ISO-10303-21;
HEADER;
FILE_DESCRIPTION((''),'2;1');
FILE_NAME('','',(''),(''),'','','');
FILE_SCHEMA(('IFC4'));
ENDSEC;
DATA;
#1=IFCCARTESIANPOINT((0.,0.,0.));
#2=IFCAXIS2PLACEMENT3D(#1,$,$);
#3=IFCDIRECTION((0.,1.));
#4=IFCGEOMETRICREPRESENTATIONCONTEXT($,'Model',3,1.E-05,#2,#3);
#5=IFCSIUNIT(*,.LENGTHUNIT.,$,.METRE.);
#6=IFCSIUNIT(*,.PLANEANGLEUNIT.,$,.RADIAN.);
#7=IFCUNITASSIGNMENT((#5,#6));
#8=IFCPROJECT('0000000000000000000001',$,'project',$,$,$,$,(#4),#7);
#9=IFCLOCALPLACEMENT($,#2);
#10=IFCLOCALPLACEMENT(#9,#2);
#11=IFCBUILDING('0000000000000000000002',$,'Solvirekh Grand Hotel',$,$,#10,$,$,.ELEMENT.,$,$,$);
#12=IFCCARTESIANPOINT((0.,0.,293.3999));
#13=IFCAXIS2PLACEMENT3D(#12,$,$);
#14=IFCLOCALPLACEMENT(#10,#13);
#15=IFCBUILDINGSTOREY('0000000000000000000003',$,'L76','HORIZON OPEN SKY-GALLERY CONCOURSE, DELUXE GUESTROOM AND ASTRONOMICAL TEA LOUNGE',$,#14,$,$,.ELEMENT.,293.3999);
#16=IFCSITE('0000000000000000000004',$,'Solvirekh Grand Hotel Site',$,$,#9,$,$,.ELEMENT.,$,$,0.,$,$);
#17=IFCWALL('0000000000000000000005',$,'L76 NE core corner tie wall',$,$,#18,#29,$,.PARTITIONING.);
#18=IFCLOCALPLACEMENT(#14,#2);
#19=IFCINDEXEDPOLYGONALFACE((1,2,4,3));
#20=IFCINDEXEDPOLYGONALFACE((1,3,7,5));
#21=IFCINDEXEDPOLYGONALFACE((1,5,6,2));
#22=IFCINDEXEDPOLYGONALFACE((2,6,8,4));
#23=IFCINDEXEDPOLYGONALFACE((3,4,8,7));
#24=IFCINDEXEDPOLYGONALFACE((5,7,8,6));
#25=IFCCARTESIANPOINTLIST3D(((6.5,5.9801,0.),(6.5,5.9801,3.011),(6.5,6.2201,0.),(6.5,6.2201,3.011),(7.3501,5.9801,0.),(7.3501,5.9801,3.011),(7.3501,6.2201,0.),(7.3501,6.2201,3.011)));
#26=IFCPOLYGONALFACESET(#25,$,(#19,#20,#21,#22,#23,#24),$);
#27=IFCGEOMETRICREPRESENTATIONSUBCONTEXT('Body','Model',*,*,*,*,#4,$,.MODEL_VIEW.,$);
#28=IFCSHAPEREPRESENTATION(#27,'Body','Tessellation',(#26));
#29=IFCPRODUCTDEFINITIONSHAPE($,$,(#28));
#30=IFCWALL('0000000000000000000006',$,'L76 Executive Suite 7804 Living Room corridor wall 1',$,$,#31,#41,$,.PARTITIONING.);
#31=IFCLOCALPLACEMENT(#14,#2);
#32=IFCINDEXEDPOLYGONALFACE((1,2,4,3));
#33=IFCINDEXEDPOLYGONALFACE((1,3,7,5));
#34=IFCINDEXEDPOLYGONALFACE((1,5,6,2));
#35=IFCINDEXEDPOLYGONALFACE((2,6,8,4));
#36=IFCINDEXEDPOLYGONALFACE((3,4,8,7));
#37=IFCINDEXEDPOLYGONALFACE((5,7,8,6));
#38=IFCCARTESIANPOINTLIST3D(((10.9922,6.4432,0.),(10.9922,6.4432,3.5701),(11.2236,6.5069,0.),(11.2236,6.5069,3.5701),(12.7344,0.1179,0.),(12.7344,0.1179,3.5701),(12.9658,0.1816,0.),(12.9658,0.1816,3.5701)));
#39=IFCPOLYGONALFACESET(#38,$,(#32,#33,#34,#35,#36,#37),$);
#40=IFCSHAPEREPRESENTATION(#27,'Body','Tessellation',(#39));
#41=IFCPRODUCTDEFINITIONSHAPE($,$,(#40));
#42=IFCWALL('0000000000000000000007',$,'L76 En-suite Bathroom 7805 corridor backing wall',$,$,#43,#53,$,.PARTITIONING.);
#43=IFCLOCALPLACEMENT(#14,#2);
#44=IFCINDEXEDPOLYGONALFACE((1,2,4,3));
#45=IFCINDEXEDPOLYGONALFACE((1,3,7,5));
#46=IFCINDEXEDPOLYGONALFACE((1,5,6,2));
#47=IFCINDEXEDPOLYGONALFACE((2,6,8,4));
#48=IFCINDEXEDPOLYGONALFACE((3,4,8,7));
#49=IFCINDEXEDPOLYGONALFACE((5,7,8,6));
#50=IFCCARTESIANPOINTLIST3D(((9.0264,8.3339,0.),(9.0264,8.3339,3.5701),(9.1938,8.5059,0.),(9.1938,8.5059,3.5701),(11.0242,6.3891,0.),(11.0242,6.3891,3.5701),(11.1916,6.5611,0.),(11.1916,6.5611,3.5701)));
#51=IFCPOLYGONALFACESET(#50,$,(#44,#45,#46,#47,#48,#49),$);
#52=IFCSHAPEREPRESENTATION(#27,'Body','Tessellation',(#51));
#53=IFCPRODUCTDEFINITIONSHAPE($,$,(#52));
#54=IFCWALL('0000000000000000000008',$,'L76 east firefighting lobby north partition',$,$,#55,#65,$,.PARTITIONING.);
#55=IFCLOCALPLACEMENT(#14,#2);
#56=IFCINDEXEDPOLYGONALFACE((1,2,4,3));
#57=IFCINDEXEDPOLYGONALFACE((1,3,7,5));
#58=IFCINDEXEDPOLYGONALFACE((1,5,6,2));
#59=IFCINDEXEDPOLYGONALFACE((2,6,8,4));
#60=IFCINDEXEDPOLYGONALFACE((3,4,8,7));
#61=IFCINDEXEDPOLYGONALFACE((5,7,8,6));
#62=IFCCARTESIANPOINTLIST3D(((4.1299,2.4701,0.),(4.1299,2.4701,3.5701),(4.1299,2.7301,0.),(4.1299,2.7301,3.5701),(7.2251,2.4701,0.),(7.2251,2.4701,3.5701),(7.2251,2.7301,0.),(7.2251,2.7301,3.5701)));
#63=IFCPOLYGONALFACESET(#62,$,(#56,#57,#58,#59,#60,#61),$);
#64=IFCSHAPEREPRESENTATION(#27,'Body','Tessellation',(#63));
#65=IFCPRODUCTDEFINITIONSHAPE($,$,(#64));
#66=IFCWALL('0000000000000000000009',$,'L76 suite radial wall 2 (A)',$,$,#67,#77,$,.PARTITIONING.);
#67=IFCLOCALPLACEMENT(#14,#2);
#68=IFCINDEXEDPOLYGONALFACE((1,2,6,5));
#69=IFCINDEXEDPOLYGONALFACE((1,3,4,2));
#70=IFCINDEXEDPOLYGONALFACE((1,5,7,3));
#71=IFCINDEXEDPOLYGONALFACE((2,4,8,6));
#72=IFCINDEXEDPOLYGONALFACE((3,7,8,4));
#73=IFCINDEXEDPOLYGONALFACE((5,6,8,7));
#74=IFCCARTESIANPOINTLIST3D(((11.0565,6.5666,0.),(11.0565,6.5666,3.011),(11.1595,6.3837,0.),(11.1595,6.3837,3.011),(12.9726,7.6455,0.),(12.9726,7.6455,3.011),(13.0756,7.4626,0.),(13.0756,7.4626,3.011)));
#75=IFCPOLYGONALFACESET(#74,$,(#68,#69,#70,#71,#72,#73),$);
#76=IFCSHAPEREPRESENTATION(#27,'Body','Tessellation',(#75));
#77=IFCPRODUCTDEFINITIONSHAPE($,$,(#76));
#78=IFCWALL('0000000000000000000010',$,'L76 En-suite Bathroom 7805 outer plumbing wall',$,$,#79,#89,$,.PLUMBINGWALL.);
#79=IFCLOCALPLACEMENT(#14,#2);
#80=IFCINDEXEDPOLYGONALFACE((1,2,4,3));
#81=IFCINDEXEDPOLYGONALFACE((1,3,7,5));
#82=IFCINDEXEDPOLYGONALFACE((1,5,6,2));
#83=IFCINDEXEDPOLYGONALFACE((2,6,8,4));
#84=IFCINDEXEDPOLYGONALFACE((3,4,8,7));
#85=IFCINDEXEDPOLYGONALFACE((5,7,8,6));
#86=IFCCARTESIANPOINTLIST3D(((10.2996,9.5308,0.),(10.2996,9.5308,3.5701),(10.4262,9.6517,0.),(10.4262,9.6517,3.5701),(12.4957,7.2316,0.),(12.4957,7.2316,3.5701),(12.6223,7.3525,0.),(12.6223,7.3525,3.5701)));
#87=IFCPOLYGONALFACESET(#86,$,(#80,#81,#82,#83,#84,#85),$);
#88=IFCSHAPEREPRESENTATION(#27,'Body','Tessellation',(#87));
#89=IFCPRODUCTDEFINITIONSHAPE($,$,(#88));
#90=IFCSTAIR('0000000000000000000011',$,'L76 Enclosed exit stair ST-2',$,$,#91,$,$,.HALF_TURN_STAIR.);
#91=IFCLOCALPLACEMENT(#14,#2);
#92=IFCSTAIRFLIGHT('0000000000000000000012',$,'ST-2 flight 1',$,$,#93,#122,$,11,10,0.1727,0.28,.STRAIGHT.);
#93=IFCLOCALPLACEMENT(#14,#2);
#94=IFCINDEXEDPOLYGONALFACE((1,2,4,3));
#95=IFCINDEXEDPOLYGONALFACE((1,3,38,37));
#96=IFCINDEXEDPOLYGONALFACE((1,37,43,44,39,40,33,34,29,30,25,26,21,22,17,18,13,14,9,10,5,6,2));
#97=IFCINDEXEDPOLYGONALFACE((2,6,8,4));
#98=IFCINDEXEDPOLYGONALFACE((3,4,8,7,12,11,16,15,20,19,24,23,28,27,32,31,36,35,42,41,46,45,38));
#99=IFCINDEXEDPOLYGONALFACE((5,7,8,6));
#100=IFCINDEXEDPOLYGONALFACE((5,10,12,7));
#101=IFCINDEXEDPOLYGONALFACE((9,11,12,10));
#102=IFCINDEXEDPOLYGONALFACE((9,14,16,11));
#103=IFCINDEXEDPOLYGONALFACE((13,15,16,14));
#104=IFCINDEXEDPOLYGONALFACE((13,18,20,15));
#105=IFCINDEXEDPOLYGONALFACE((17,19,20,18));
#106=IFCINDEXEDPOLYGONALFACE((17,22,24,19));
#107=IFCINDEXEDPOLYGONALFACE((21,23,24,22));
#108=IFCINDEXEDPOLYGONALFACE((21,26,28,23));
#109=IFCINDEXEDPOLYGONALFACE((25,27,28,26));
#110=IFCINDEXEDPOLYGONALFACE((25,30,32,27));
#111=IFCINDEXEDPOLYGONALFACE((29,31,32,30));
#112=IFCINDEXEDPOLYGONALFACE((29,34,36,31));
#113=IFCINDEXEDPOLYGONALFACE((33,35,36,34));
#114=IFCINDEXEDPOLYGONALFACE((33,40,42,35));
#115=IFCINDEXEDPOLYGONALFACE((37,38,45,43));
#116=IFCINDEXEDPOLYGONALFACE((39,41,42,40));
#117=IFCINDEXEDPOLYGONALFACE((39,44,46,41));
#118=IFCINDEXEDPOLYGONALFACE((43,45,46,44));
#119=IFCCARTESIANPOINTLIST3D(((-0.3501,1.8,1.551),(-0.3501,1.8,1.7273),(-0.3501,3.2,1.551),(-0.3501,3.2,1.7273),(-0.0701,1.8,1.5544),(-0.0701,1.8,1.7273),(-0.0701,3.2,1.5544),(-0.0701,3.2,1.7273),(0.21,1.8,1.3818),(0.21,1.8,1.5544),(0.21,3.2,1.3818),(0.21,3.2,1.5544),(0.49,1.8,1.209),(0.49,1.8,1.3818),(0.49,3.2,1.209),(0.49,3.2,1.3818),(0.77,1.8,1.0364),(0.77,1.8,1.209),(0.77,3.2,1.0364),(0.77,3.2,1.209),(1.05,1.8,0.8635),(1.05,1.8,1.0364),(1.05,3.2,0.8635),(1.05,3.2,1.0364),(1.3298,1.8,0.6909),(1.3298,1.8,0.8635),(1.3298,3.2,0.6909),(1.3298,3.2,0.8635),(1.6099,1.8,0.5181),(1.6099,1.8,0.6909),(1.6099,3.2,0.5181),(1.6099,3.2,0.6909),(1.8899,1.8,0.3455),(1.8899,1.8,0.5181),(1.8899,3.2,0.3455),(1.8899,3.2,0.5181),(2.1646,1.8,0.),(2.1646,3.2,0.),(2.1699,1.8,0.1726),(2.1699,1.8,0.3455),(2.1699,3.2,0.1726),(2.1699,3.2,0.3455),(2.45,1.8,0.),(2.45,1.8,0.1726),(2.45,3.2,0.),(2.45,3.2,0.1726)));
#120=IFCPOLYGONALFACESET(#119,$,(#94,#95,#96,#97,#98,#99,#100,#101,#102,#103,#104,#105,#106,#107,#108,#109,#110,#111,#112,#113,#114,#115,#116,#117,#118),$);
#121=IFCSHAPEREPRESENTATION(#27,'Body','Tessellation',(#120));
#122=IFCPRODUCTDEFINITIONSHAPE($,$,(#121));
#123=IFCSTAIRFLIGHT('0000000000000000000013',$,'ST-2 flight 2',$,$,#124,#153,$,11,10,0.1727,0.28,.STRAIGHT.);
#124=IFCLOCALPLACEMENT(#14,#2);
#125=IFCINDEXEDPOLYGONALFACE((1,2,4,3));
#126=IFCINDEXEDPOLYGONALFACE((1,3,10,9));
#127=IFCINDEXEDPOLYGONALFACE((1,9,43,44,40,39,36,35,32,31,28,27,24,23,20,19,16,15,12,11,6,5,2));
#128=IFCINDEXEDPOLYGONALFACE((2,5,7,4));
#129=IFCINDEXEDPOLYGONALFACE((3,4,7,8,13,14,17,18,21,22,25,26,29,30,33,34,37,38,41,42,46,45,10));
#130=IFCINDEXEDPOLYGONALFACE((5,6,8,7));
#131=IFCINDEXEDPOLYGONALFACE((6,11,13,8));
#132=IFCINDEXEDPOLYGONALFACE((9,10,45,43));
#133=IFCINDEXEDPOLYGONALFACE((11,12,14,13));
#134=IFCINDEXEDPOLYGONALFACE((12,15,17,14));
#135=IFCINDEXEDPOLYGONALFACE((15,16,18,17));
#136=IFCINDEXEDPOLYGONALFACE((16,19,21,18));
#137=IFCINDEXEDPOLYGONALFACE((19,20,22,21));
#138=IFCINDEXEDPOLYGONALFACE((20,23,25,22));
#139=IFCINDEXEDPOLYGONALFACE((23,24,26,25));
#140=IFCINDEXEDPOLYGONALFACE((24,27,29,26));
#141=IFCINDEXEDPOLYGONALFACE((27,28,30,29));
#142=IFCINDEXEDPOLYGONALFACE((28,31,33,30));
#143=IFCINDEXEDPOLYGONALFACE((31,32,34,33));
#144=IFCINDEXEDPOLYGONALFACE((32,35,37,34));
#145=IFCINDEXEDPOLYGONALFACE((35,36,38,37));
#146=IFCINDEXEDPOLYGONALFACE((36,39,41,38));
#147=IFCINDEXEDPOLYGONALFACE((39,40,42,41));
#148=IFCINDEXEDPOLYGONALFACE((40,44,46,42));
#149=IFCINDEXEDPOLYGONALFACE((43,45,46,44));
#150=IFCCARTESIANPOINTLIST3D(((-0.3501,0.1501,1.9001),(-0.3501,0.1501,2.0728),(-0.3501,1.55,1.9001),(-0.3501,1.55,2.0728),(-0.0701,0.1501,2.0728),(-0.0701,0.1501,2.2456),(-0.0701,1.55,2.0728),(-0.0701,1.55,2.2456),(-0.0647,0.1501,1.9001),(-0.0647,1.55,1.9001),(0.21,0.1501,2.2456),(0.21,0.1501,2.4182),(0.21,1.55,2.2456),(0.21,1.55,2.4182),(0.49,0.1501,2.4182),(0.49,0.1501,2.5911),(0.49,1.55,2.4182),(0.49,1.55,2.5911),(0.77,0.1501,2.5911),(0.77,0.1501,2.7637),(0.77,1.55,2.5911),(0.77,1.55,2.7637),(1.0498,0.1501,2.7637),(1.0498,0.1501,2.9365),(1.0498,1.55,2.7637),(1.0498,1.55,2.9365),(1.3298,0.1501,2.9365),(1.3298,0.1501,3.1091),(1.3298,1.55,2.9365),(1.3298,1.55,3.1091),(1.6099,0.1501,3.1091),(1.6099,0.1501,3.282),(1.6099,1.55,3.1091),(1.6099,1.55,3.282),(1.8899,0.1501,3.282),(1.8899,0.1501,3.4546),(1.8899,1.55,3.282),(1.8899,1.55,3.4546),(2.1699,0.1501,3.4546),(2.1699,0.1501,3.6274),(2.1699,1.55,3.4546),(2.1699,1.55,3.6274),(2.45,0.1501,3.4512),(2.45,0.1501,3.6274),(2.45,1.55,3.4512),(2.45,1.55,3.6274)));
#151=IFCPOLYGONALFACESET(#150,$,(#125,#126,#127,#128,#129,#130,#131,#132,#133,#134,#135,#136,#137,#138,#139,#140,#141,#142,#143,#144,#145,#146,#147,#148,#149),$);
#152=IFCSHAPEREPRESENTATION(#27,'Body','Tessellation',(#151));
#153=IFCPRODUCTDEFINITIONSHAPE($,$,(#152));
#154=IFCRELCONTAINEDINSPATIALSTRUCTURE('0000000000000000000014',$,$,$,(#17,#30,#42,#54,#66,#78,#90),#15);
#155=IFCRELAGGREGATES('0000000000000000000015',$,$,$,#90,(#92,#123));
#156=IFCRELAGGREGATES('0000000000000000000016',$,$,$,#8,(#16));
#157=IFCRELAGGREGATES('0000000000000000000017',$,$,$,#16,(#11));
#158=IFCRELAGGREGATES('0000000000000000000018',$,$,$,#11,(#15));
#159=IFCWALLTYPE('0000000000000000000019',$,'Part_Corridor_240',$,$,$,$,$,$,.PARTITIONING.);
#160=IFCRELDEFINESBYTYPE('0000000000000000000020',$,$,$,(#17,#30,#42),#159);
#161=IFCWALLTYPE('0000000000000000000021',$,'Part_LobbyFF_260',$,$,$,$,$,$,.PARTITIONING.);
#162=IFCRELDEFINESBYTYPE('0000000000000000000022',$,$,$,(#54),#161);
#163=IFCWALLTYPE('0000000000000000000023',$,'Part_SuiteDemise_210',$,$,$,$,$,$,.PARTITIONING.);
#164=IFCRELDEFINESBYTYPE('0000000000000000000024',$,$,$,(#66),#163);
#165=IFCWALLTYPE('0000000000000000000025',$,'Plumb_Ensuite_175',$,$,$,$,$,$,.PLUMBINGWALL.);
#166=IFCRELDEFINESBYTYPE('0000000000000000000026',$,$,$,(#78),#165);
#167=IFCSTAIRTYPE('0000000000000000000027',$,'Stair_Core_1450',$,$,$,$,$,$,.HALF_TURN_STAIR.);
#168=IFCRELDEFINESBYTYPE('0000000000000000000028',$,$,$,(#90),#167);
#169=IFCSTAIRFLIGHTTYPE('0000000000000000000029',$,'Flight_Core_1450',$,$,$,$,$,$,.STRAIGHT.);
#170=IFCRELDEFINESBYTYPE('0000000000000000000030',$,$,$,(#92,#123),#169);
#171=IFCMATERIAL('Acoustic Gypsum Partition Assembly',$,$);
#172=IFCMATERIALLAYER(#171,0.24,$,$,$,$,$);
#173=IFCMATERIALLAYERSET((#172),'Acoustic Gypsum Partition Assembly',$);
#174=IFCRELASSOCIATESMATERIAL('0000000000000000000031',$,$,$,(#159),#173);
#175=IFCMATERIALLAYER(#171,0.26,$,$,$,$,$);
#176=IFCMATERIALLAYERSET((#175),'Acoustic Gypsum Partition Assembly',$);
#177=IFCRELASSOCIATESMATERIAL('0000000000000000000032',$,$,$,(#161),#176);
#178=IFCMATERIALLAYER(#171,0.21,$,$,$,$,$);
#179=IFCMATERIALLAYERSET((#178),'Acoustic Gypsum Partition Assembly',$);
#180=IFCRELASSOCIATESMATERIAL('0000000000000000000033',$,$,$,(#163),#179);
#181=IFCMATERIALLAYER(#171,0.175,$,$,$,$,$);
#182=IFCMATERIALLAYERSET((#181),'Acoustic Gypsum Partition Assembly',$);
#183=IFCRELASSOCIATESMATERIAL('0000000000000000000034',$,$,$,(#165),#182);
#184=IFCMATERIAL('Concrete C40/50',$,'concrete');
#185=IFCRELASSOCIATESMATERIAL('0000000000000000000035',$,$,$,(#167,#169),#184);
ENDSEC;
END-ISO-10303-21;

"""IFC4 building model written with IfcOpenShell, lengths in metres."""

from ifc_helpers import new_model, si_unit, direction, frame, frame_2d, origin, place, context, subcontext, project, spatial, polyline, rectangle, outline, extrude, material, layer, layer_set, type_object, element, aggregate, save


model = new_model("IFC4")

# Units and contexts
model_context = context("Model", 3, precision=1e-05, world=origin(), true_north=direction((0.0, 1.0)))
body_context = subcontext(model_context, "Body", "Model", "MODEL_VIEW")
ifc_project = project(units=[si_unit("LENGTHUNIT", "METRE"), si_unit("PLANEANGLEUNIT", "RADIAN")], contexts=[model_context])

# Site, building, storey
site_placement = place(None, origin())
site = spatial("IfcSite", under=ifc_project, at=site_placement, Name="Solvirekh Grand Hotel Site", CompositionType="ELEMENT", RefElevation=0.0)
building_placement = place(site_placement, origin())
building = spatial("IfcBuilding", under=site, at=building_placement, Name="Solvirekh Grand Hotel", CompositionType="ELEMENT")
storey_placement = place(building_placement, frame((0.0, 0.0, 293.3999)))
storey = spatial("IfcBuildingStorey", under=building, at=storey_placement, Name="L76", Description="HORIZON OPEN SKY-GALLERY CONCOURSE, DELUXE GUESTROOM AND ASTRONOMICAL TEA LOUNGE", CompositionType="ELEMENT", Elevation=293.3999)

# Shared definitions
ifc_material_1 = material(Name="Concrete C40/50", Category="concrete")

# Shared definitions
ifc_material_2 = material(Name="Acoustic Gypsum Partition Assembly")

# Walls
ifc_layer_1 = layer(ifc_material_2, 0.24)
ifc_layer_set_1 = layer_set([ifc_layer_1], Name="Acoustic Gypsum Partition Assembly")
wall_type_1 = type_object("IfcWallType", Name="Part_Corridor_240", PredefinedType="PARTITIONING", material=ifc_layer_set_1)
wall_1_placement = place(storey_placement, frame((6.5, 6.1001, 0.0), z_axis=(0.0, 0.0, 1.0), x_axis=(1.0, 0.0, 0.0)))
element("IfcWall", 1, at=wall_1_placement, inside=storey, type_object=wall_type_1, Name="L76 NE core corner tie wall", PredefinedType="PARTITIONING", context=body_context, shape_type="SweptSolid", body=[
    extrude(rectangle(XDim=0.8501, YDim=0.24, at=frame_2d((0.425, 0.0))), origin(), (0.0, 0.0, 1.0), 3.011),
])
wall_2_placement = place(storey_placement, frame((12.8501, 0.1499, 0.0), z_axis=(0.0, 0.0, 1.0), x_axis=(-0.265547, 0.964098, 0.0)))
element("IfcWall", 2, at=wall_2_placement, inside=storey, type_object=wall_type_1, Name="L76 Executive Suite 7804 Living Room corridor wall 1", PredefinedType="PARTITIONING", context=body_context, shape_type="SweptSolid", body=[
    extrude(rectangle(XDim=6.5608, YDim=0.24, at=frame_2d((3.2803, 0.0))), origin(), (0.0, 0.0, 1.0), 3.5701),
])
wall_3_placement = place(storey_placement, frame((11.1079, 6.4751, 0.0), z_axis=(0.0, 0.0, 1.0), x_axis=(-0.716544, 0.697542, 0.0)))
element("IfcWall", 3, at=wall_3_placement, inside=storey, type_object=wall_type_1, Name="L76 En-suite Bathroom 7805 corridor backing wall", PredefinedType="PARTITIONING", context=body_context, shape_type="SweptSolid", body=[
    extrude(rectangle(XDim=2.7881, YDim=0.24, at=frame_2d((1.394, 0.0))), origin(), (0.0, 0.0, 1.0), 3.5701),
])
ifc_layer_2 = layer(ifc_material_2, 0.26)
ifc_layer_set_2 = layer_set([ifc_layer_2], Name="Acoustic Gypsum Partition Assembly")
wall_type_2 = type_object("IfcWallType", Name="Part_LobbyFF_260", PredefinedType="PARTITIONING", material=ifc_layer_set_2)
wall_4_placement = place(storey_placement, frame((4.1299, 2.6001, 0.0), z_axis=(0.0, 0.0, 1.0), x_axis=(1.0, 0.0, 0.0)))
element("IfcWall", 4, at=wall_4_placement, inside=storey, type_object=wall_type_2, Name="L76 east firefighting lobby north partition", PredefinedType="PARTITIONING", context=body_context, shape_type="SweptSolid", body=[
    extrude(rectangle(XDim=3.0952, YDim=0.26, at=frame_2d((1.5476, 0.0))), origin(), (0.0, 0.0, 1.0), 3.5701),
])
ifc_layer_3 = layer(ifc_material_2, 0.21)
ifc_layer_set_3 = layer_set([ifc_layer_3], Name="Acoustic Gypsum Partition Assembly")
wall_type_3 = type_object("IfcWallType", Name="Part_SuiteDemise_210", PredefinedType="PARTITIONING", material=ifc_layer_set_3)
wall_5_placement = place(storey_placement, frame((11.1079, 6.4751, 0.0), z_axis=(0.0, 0.0, 1.0), x_axis=(0.871362, 0.490641, 0.0)))
element("IfcWall", 5, at=wall_5_placement, inside=storey, type_object=wall_type_3, Name="L76 suite radial wall 2 (A)", PredefinedType="PARTITIONING", context=body_context, shape_type="SweptSolid", body=[
    extrude(rectangle(XDim=2.199, YDim=0.21, at=frame_2d((1.0996, 0.0))), origin(), (0.0, 0.0, 1.0), 3.011),
])
ifc_layer_4 = layer(ifc_material_2, 0.175)
ifc_layer_set_4 = layer_set([ifc_layer_4], Name="Acoustic Gypsum Partition Assembly")
wall_type_4 = type_object("IfcWallType", Name="Plumb_Ensuite_175", PredefinedType="PLUMBINGWALL", material=ifc_layer_set_4)
wall_6_placement = place(storey_placement, frame((12.5591, 7.292, 0.0), z_axis=(0.0, 0.0, 1.0), x_axis=(-0.690719, 0.723124, 0.0)))
element("IfcWall", 6, at=wall_6_placement, inside=storey, type_object=wall_type_4, Name="L76 En-suite Bathroom 7805 outer plumbing wall", PredefinedType="PLUMBINGWALL", context=body_context, shape_type="SweptSolid", body=[
    extrude(rectangle(XDim=3.1794, YDim=0.175, at=frame_2d((1.5898, 0.0))), origin(), (0.0, 0.0, 1.0), 3.5701),
])

# Stair, stair flights
stair_type = type_object("IfcStairType", Name="Stair_Core_1450", PredefinedType="HALF_TURN_STAIR", material=ifc_material_1)
stair_placement = place(storey_placement, origin())
stair = element("IfcStair", 7, at=stair_placement, inside=storey, type_object=stair_type, Name="L76 Enclosed exit stair ST-2", PredefinedType="HALF_TURN_STAIR")
stair_flight_type = type_object("IfcStairFlightType", Name="Flight_Core_1450", PredefinedType="STRAIGHT", material=ifc_material_1)
stair_flight_1_placement = place(storey_placement, frame((2.45, 2.5, 0.0), z_axis=(0.0, 0.0, 1.0), x_axis=(-1.0, 0.0, 0.0)))
stair_flight_1 = element("IfcStairFlight", 8, at=stair_flight_1_placement, type_object=stair_flight_type, Name="ST-2 flight 1", NumberOfRisers=11, NumberOfTreads=10, PredefinedType="STRAIGHT", RiserHeight=0.1727, TreadLength=0.28, context=body_context, shape_type="SweptSolid", body=[
    extrude(outline(polyline([(0.0, 0.0), (0.0, 0.1726), (0.28, 0.1726), (0.28, 0.3455), (0.5601, 0.3455), (0.5601, 0.5181), (0.8401, 0.5181), (0.8401, 0.6909), (1.1201, 0.6909), (1.1201, 0.8635), (1.3999, 0.8635), (1.3999, 1.0364), (1.6799, 1.0364), (1.6799, 1.209), (1.96, 1.209), (1.96, 1.3818), (2.24, 1.3818), (2.24, 1.5544), (2.52, 1.5544), (2.52, 1.7273), (2.8, 1.7273), (2.8, 1.8999), (2.8, 1.551), (0.2854, 0.0), (0.0, 0.0)])), frame((0.0, 0.7, 0.0), z_axis=(0.0, -1.0, 0.0), x_axis=(1.0, 0.0, 0.0)), (0.0, 0.0, 1.0), 1.3999),
])
stair_flight_2_placement = place(storey_placement, frame((-0.3501, 0.8501, 1.9001), z_axis=(0.0, 0.0, 1.0), x_axis=(1.0, 0.0, 0.0)))
stair_flight_2 = element("IfcStairFlight", 9, at=stair_flight_2_placement, type_object=stair_flight_type, Name="ST-2 flight 2", NumberOfRisers=11, NumberOfTreads=10, PredefinedType="STRAIGHT", RiserHeight=0.1727, TreadLength=0.28, context=body_context, shape_type="SweptSolid", body=[
    extrude(outline(polyline([(0.0, 0.0), (0.0, 0.1726), (0.28, 0.1726), (0.28, 0.3455), (0.5601, 0.3455), (0.5601, 0.5181), (0.8401, 0.5181), (0.8401, 0.6909), (1.1201, 0.6909), (1.1201, 0.8635), (1.3999, 0.8635), (1.3999, 1.0364), (1.6799, 1.0364), (1.6799, 1.209), (1.96, 1.209), (1.96, 1.3818), (2.24, 1.3818), (2.24, 1.5544), (2.52, 1.5544), (2.52, 1.7273), (2.8, 1.7273), (2.8, 1.8999), (2.8, 1.551), (0.2854, 0.0), (0.0, 0.0)])), frame((0.0, 0.7, 0.0), z_axis=(0.0, -1.0, 0.0), x_axis=(1.0, 0.0, 0.0)), (0.0, 0.0, 1.0), 1.3999),
])
aggregate(stair, [stair_flight_1, stair_flight_2])

save(model, "model.ifc")
